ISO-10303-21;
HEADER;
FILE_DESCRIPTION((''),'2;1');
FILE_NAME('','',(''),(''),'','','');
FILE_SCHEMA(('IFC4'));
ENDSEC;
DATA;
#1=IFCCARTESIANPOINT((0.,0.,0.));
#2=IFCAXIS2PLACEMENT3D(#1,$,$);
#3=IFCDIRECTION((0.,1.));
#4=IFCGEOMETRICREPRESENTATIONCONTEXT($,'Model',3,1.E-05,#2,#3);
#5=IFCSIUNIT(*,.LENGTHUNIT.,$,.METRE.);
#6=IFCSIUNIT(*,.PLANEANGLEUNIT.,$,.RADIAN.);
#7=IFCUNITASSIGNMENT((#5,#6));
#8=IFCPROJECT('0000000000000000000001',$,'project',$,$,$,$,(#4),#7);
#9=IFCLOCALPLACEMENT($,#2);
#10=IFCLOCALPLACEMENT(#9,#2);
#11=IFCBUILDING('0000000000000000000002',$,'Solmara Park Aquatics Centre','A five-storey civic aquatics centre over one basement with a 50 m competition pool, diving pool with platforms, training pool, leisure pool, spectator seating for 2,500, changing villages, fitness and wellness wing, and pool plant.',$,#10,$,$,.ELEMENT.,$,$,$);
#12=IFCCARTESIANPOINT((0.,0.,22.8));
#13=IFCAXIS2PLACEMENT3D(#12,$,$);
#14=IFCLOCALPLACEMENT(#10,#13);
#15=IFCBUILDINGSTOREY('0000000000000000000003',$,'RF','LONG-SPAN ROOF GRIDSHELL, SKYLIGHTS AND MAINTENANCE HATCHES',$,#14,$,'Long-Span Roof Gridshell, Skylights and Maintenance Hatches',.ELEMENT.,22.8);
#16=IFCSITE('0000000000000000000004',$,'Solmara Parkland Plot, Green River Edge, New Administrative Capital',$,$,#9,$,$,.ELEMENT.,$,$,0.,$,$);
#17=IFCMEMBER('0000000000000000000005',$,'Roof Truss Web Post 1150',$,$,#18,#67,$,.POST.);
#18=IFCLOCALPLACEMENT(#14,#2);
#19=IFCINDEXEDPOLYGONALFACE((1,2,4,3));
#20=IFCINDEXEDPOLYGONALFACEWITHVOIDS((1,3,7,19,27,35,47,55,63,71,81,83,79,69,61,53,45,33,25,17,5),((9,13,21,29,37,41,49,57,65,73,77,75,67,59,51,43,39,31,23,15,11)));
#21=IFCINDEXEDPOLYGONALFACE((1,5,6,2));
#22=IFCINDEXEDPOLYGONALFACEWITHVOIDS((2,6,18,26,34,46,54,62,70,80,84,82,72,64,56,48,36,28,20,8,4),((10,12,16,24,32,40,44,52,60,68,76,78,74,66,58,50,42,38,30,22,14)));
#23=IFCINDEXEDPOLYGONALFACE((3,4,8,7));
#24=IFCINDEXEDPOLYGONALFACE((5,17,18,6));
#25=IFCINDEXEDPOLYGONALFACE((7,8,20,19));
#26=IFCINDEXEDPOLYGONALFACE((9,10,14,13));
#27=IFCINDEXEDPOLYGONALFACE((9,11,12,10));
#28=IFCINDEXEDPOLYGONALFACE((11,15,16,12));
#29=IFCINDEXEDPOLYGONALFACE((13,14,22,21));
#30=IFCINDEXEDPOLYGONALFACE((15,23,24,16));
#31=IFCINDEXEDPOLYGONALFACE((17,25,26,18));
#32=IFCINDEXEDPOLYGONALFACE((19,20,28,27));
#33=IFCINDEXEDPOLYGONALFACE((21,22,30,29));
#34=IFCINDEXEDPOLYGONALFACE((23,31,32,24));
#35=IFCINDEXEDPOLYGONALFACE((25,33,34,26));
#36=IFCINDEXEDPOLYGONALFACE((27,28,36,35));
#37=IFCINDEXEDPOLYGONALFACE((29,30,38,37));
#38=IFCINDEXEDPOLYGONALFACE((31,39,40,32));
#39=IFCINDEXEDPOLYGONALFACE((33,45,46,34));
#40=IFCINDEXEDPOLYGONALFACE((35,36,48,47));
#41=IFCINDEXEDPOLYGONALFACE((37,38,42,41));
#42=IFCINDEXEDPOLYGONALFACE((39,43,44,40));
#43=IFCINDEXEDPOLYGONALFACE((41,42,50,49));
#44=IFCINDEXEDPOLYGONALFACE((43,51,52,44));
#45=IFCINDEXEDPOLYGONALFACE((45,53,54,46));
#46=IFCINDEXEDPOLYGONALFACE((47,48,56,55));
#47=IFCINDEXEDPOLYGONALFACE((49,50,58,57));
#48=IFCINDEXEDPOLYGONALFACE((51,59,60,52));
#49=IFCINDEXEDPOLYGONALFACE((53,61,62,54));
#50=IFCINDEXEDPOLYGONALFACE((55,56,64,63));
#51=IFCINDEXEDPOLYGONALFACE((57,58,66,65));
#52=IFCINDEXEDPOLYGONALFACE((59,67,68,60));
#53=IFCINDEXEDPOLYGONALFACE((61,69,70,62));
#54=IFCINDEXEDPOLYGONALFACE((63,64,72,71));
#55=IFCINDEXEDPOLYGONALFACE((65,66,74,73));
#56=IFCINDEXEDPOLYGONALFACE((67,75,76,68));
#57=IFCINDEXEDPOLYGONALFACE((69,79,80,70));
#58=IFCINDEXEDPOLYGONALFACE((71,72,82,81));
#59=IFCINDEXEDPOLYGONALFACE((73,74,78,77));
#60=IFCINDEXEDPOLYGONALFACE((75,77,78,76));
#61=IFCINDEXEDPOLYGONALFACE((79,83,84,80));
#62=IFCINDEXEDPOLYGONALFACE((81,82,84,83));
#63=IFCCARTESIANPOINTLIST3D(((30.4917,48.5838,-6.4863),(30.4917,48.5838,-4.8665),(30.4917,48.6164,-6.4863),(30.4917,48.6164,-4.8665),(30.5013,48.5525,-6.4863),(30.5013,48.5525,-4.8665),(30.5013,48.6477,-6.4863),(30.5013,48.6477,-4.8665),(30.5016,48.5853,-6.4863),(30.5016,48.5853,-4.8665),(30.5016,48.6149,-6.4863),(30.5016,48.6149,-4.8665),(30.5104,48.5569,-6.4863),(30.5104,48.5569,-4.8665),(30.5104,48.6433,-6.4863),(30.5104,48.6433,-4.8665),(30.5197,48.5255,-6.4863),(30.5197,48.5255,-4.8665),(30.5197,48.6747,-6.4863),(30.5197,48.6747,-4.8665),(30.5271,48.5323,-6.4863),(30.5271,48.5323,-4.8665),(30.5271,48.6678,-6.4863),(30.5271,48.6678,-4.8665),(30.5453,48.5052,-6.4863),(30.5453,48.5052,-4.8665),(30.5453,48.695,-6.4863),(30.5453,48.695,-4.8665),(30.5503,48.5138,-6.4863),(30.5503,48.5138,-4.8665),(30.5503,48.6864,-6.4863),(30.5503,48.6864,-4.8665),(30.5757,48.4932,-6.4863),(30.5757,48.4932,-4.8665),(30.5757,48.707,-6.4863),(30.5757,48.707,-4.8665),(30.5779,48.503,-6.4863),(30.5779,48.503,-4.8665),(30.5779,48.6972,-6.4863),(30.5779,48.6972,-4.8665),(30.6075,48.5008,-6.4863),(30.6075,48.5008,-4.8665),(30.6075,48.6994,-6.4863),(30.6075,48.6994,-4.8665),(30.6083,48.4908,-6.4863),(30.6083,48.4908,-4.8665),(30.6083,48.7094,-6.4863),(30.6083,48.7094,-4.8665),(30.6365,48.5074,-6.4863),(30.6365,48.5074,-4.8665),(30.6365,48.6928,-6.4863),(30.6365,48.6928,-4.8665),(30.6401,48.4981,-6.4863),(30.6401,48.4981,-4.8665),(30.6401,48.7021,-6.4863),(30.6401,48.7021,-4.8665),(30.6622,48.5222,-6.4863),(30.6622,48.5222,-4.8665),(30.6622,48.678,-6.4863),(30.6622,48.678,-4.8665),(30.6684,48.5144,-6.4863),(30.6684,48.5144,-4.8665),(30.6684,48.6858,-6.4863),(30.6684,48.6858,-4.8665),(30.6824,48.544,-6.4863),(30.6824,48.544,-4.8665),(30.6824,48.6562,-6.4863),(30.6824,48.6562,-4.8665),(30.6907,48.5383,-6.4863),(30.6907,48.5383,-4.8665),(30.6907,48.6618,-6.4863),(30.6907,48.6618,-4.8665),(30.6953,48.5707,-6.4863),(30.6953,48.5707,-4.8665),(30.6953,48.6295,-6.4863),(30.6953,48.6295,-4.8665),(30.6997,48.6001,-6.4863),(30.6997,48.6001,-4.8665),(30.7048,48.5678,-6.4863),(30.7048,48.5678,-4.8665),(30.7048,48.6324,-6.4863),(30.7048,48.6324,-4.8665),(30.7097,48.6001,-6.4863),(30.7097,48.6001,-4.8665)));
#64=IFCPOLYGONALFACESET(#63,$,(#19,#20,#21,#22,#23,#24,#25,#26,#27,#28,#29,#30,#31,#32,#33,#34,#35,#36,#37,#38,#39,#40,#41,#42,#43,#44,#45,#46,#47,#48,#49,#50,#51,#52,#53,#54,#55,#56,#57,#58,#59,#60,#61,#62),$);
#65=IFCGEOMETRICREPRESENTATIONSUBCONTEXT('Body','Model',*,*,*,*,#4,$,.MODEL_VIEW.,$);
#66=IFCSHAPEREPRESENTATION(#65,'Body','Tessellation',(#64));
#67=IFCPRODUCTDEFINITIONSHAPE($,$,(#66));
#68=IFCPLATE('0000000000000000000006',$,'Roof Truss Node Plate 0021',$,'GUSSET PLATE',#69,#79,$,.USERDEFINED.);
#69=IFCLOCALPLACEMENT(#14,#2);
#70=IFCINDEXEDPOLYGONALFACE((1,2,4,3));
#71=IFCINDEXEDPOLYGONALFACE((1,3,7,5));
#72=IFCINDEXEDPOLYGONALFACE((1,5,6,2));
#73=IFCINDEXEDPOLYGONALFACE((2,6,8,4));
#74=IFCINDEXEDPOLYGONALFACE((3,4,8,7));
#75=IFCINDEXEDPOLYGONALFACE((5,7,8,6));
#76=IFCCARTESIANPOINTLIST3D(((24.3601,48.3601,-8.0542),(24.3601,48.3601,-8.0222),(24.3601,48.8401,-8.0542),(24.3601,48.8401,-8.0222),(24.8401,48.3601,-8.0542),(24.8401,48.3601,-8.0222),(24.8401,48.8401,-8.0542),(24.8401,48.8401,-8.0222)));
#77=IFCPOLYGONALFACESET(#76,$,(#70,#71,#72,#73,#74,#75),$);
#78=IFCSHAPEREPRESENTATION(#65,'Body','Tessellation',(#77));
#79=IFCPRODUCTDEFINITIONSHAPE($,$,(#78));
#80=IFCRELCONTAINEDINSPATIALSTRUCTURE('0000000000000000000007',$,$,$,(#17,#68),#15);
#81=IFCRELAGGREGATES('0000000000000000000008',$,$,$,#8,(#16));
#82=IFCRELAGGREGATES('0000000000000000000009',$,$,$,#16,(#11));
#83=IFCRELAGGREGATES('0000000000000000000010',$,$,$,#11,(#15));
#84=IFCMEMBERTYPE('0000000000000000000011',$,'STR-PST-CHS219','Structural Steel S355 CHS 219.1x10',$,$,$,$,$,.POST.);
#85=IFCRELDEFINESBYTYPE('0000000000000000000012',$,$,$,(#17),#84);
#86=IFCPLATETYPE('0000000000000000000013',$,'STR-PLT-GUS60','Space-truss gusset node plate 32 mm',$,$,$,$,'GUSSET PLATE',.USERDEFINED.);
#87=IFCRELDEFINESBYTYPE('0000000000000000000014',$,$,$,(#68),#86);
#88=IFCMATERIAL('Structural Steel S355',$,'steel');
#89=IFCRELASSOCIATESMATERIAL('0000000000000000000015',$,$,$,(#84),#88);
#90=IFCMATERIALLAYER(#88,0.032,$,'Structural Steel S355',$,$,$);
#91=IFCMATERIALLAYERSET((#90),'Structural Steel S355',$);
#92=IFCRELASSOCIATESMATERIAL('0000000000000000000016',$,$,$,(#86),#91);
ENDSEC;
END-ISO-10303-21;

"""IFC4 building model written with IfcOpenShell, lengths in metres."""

from ifc_helpers import new_model, si_unit, direction, frame, origin, origin_2d, place, context, subcontext, project, spatial, rectangle, hollow_circle, extrude, material, layer, layer_set, material_profile, profile_set, type_object, element, save


model = new_model("IFC4")

# Units and contexts
model_context = context("Model", 3, precision=1e-05, world=origin(), true_north=direction((0.0, 1.0)))
body_context = subcontext(model_context, "Body", "Model", "MODEL_VIEW")
ifc_project = project(units=[si_unit("LENGTHUNIT", "METRE"), si_unit("PLANEANGLEUNIT", "RADIAN")], contexts=[model_context])

# Site, building, storey
site_placement = place(None, origin())
site = spatial("IfcSite", under=ifc_project, at=site_placement, Name="Solmara Parkland Plot, Green River Edge, New Administrative Capital", CompositionType="ELEMENT", RefElevation=0.0)
building_placement = place(site_placement, origin())
building = spatial("IfcBuilding", under=site, at=building_placement, Name="Solmara Park Aquatics Centre", Description="A five-storey civic aquatics centre over one basement with a 50 m competition pool, diving pool with platforms, training pool, leisure pool, spectator seating for 2,500, changing villages, fitness and wellness wing, and pool plant.", CompositionType="ELEMENT")
storey_placement = place(building_placement, frame((0.0, 0.0, 22.8)))
storey = spatial("IfcBuildingStorey", under=building, at=storey_placement, Name="RF", Description="LONG-SPAN ROOF GRIDSHELL, SKYLIGHTS AND MAINTENANCE HATCHES", LongName="Long-Span Roof Gridshell, Skylights and Maintenance Hatches", CompositionType="ELEMENT", Elevation=22.8)

# Member
ifc_material_1 = material(Name="Structural Steel S355", Category="steel")
ifc_material_profile_1 = material_profile(ifc_material_1, hollow_circle(Radius=0.1096, WallThickness=0.01, at=origin_2d()), Name="CHS 219.1x10")
ifc_profile_set_1 = profile_set([ifc_material_profile_1], Name="Structural Steel S355")
member_type_1 = type_object("IfcMemberType", Name="STR-PST-CHS219", Description="Structural Steel S355 CHS 219.1x10", PredefinedType="POST", material=ifc_profile_set_1)
for number, where, z_axis, x_axis, name in (
    (1, (30.6001, 48.6001, -6.4863), (0.0, 0.0, 1.0), (1.0, 0.0, 0.0), "Roof Truss Web Post 1150"),
):
    element("IfcMember", number, at=place(storey_placement, frame(where, z_axis=z_axis, x_axis=x_axis)), inside=storey, type_object=member_type_1, Name=name, PredefinedType="POST", context=body_context, shape_type="SweptSolid", body=[
        extrude(hollow_circle(Radius=0.1096, WallThickness=0.01, at=origin_2d()), origin(), (0.0, 0.0, 1.0), 1.6199),
    ])

# Plate
ifc_layer = layer(ifc_material_1, 0.032, Name="Structural Steel S355")
ifc_layer_set = layer_set([ifc_layer], Name="Structural Steel S355")
plate_type = type_object("IfcPlateType", Name="STR-PLT-GUS60", Description="Space-truss gusset node plate 32 mm", ElementType="GUSSET PLATE", PredefinedType="USERDEFINED", material=ifc_layer_set)
plate_placement = place(storey_placement, frame((24.6001, 48.6001, -8.0542), z_axis=(0.0, 0.0, 1.0), x_axis=(1.0, 0.0, 0.0)))
element("IfcPlate", 2, at=plate_placement, inside=storey, type_object=plate_type, Name="Roof Truss Node Plate 0021", ObjectType="GUSSET PLATE", PredefinedType="USERDEFINED", context=body_context, shape_type="SweptSolid", body=[
    extrude(rectangle(XDim=0.48, YDim=0.48, at=origin_2d()), origin(), (0.0, 0.0, 1.0), 0.032),
])

save(model, "model.ifc")
